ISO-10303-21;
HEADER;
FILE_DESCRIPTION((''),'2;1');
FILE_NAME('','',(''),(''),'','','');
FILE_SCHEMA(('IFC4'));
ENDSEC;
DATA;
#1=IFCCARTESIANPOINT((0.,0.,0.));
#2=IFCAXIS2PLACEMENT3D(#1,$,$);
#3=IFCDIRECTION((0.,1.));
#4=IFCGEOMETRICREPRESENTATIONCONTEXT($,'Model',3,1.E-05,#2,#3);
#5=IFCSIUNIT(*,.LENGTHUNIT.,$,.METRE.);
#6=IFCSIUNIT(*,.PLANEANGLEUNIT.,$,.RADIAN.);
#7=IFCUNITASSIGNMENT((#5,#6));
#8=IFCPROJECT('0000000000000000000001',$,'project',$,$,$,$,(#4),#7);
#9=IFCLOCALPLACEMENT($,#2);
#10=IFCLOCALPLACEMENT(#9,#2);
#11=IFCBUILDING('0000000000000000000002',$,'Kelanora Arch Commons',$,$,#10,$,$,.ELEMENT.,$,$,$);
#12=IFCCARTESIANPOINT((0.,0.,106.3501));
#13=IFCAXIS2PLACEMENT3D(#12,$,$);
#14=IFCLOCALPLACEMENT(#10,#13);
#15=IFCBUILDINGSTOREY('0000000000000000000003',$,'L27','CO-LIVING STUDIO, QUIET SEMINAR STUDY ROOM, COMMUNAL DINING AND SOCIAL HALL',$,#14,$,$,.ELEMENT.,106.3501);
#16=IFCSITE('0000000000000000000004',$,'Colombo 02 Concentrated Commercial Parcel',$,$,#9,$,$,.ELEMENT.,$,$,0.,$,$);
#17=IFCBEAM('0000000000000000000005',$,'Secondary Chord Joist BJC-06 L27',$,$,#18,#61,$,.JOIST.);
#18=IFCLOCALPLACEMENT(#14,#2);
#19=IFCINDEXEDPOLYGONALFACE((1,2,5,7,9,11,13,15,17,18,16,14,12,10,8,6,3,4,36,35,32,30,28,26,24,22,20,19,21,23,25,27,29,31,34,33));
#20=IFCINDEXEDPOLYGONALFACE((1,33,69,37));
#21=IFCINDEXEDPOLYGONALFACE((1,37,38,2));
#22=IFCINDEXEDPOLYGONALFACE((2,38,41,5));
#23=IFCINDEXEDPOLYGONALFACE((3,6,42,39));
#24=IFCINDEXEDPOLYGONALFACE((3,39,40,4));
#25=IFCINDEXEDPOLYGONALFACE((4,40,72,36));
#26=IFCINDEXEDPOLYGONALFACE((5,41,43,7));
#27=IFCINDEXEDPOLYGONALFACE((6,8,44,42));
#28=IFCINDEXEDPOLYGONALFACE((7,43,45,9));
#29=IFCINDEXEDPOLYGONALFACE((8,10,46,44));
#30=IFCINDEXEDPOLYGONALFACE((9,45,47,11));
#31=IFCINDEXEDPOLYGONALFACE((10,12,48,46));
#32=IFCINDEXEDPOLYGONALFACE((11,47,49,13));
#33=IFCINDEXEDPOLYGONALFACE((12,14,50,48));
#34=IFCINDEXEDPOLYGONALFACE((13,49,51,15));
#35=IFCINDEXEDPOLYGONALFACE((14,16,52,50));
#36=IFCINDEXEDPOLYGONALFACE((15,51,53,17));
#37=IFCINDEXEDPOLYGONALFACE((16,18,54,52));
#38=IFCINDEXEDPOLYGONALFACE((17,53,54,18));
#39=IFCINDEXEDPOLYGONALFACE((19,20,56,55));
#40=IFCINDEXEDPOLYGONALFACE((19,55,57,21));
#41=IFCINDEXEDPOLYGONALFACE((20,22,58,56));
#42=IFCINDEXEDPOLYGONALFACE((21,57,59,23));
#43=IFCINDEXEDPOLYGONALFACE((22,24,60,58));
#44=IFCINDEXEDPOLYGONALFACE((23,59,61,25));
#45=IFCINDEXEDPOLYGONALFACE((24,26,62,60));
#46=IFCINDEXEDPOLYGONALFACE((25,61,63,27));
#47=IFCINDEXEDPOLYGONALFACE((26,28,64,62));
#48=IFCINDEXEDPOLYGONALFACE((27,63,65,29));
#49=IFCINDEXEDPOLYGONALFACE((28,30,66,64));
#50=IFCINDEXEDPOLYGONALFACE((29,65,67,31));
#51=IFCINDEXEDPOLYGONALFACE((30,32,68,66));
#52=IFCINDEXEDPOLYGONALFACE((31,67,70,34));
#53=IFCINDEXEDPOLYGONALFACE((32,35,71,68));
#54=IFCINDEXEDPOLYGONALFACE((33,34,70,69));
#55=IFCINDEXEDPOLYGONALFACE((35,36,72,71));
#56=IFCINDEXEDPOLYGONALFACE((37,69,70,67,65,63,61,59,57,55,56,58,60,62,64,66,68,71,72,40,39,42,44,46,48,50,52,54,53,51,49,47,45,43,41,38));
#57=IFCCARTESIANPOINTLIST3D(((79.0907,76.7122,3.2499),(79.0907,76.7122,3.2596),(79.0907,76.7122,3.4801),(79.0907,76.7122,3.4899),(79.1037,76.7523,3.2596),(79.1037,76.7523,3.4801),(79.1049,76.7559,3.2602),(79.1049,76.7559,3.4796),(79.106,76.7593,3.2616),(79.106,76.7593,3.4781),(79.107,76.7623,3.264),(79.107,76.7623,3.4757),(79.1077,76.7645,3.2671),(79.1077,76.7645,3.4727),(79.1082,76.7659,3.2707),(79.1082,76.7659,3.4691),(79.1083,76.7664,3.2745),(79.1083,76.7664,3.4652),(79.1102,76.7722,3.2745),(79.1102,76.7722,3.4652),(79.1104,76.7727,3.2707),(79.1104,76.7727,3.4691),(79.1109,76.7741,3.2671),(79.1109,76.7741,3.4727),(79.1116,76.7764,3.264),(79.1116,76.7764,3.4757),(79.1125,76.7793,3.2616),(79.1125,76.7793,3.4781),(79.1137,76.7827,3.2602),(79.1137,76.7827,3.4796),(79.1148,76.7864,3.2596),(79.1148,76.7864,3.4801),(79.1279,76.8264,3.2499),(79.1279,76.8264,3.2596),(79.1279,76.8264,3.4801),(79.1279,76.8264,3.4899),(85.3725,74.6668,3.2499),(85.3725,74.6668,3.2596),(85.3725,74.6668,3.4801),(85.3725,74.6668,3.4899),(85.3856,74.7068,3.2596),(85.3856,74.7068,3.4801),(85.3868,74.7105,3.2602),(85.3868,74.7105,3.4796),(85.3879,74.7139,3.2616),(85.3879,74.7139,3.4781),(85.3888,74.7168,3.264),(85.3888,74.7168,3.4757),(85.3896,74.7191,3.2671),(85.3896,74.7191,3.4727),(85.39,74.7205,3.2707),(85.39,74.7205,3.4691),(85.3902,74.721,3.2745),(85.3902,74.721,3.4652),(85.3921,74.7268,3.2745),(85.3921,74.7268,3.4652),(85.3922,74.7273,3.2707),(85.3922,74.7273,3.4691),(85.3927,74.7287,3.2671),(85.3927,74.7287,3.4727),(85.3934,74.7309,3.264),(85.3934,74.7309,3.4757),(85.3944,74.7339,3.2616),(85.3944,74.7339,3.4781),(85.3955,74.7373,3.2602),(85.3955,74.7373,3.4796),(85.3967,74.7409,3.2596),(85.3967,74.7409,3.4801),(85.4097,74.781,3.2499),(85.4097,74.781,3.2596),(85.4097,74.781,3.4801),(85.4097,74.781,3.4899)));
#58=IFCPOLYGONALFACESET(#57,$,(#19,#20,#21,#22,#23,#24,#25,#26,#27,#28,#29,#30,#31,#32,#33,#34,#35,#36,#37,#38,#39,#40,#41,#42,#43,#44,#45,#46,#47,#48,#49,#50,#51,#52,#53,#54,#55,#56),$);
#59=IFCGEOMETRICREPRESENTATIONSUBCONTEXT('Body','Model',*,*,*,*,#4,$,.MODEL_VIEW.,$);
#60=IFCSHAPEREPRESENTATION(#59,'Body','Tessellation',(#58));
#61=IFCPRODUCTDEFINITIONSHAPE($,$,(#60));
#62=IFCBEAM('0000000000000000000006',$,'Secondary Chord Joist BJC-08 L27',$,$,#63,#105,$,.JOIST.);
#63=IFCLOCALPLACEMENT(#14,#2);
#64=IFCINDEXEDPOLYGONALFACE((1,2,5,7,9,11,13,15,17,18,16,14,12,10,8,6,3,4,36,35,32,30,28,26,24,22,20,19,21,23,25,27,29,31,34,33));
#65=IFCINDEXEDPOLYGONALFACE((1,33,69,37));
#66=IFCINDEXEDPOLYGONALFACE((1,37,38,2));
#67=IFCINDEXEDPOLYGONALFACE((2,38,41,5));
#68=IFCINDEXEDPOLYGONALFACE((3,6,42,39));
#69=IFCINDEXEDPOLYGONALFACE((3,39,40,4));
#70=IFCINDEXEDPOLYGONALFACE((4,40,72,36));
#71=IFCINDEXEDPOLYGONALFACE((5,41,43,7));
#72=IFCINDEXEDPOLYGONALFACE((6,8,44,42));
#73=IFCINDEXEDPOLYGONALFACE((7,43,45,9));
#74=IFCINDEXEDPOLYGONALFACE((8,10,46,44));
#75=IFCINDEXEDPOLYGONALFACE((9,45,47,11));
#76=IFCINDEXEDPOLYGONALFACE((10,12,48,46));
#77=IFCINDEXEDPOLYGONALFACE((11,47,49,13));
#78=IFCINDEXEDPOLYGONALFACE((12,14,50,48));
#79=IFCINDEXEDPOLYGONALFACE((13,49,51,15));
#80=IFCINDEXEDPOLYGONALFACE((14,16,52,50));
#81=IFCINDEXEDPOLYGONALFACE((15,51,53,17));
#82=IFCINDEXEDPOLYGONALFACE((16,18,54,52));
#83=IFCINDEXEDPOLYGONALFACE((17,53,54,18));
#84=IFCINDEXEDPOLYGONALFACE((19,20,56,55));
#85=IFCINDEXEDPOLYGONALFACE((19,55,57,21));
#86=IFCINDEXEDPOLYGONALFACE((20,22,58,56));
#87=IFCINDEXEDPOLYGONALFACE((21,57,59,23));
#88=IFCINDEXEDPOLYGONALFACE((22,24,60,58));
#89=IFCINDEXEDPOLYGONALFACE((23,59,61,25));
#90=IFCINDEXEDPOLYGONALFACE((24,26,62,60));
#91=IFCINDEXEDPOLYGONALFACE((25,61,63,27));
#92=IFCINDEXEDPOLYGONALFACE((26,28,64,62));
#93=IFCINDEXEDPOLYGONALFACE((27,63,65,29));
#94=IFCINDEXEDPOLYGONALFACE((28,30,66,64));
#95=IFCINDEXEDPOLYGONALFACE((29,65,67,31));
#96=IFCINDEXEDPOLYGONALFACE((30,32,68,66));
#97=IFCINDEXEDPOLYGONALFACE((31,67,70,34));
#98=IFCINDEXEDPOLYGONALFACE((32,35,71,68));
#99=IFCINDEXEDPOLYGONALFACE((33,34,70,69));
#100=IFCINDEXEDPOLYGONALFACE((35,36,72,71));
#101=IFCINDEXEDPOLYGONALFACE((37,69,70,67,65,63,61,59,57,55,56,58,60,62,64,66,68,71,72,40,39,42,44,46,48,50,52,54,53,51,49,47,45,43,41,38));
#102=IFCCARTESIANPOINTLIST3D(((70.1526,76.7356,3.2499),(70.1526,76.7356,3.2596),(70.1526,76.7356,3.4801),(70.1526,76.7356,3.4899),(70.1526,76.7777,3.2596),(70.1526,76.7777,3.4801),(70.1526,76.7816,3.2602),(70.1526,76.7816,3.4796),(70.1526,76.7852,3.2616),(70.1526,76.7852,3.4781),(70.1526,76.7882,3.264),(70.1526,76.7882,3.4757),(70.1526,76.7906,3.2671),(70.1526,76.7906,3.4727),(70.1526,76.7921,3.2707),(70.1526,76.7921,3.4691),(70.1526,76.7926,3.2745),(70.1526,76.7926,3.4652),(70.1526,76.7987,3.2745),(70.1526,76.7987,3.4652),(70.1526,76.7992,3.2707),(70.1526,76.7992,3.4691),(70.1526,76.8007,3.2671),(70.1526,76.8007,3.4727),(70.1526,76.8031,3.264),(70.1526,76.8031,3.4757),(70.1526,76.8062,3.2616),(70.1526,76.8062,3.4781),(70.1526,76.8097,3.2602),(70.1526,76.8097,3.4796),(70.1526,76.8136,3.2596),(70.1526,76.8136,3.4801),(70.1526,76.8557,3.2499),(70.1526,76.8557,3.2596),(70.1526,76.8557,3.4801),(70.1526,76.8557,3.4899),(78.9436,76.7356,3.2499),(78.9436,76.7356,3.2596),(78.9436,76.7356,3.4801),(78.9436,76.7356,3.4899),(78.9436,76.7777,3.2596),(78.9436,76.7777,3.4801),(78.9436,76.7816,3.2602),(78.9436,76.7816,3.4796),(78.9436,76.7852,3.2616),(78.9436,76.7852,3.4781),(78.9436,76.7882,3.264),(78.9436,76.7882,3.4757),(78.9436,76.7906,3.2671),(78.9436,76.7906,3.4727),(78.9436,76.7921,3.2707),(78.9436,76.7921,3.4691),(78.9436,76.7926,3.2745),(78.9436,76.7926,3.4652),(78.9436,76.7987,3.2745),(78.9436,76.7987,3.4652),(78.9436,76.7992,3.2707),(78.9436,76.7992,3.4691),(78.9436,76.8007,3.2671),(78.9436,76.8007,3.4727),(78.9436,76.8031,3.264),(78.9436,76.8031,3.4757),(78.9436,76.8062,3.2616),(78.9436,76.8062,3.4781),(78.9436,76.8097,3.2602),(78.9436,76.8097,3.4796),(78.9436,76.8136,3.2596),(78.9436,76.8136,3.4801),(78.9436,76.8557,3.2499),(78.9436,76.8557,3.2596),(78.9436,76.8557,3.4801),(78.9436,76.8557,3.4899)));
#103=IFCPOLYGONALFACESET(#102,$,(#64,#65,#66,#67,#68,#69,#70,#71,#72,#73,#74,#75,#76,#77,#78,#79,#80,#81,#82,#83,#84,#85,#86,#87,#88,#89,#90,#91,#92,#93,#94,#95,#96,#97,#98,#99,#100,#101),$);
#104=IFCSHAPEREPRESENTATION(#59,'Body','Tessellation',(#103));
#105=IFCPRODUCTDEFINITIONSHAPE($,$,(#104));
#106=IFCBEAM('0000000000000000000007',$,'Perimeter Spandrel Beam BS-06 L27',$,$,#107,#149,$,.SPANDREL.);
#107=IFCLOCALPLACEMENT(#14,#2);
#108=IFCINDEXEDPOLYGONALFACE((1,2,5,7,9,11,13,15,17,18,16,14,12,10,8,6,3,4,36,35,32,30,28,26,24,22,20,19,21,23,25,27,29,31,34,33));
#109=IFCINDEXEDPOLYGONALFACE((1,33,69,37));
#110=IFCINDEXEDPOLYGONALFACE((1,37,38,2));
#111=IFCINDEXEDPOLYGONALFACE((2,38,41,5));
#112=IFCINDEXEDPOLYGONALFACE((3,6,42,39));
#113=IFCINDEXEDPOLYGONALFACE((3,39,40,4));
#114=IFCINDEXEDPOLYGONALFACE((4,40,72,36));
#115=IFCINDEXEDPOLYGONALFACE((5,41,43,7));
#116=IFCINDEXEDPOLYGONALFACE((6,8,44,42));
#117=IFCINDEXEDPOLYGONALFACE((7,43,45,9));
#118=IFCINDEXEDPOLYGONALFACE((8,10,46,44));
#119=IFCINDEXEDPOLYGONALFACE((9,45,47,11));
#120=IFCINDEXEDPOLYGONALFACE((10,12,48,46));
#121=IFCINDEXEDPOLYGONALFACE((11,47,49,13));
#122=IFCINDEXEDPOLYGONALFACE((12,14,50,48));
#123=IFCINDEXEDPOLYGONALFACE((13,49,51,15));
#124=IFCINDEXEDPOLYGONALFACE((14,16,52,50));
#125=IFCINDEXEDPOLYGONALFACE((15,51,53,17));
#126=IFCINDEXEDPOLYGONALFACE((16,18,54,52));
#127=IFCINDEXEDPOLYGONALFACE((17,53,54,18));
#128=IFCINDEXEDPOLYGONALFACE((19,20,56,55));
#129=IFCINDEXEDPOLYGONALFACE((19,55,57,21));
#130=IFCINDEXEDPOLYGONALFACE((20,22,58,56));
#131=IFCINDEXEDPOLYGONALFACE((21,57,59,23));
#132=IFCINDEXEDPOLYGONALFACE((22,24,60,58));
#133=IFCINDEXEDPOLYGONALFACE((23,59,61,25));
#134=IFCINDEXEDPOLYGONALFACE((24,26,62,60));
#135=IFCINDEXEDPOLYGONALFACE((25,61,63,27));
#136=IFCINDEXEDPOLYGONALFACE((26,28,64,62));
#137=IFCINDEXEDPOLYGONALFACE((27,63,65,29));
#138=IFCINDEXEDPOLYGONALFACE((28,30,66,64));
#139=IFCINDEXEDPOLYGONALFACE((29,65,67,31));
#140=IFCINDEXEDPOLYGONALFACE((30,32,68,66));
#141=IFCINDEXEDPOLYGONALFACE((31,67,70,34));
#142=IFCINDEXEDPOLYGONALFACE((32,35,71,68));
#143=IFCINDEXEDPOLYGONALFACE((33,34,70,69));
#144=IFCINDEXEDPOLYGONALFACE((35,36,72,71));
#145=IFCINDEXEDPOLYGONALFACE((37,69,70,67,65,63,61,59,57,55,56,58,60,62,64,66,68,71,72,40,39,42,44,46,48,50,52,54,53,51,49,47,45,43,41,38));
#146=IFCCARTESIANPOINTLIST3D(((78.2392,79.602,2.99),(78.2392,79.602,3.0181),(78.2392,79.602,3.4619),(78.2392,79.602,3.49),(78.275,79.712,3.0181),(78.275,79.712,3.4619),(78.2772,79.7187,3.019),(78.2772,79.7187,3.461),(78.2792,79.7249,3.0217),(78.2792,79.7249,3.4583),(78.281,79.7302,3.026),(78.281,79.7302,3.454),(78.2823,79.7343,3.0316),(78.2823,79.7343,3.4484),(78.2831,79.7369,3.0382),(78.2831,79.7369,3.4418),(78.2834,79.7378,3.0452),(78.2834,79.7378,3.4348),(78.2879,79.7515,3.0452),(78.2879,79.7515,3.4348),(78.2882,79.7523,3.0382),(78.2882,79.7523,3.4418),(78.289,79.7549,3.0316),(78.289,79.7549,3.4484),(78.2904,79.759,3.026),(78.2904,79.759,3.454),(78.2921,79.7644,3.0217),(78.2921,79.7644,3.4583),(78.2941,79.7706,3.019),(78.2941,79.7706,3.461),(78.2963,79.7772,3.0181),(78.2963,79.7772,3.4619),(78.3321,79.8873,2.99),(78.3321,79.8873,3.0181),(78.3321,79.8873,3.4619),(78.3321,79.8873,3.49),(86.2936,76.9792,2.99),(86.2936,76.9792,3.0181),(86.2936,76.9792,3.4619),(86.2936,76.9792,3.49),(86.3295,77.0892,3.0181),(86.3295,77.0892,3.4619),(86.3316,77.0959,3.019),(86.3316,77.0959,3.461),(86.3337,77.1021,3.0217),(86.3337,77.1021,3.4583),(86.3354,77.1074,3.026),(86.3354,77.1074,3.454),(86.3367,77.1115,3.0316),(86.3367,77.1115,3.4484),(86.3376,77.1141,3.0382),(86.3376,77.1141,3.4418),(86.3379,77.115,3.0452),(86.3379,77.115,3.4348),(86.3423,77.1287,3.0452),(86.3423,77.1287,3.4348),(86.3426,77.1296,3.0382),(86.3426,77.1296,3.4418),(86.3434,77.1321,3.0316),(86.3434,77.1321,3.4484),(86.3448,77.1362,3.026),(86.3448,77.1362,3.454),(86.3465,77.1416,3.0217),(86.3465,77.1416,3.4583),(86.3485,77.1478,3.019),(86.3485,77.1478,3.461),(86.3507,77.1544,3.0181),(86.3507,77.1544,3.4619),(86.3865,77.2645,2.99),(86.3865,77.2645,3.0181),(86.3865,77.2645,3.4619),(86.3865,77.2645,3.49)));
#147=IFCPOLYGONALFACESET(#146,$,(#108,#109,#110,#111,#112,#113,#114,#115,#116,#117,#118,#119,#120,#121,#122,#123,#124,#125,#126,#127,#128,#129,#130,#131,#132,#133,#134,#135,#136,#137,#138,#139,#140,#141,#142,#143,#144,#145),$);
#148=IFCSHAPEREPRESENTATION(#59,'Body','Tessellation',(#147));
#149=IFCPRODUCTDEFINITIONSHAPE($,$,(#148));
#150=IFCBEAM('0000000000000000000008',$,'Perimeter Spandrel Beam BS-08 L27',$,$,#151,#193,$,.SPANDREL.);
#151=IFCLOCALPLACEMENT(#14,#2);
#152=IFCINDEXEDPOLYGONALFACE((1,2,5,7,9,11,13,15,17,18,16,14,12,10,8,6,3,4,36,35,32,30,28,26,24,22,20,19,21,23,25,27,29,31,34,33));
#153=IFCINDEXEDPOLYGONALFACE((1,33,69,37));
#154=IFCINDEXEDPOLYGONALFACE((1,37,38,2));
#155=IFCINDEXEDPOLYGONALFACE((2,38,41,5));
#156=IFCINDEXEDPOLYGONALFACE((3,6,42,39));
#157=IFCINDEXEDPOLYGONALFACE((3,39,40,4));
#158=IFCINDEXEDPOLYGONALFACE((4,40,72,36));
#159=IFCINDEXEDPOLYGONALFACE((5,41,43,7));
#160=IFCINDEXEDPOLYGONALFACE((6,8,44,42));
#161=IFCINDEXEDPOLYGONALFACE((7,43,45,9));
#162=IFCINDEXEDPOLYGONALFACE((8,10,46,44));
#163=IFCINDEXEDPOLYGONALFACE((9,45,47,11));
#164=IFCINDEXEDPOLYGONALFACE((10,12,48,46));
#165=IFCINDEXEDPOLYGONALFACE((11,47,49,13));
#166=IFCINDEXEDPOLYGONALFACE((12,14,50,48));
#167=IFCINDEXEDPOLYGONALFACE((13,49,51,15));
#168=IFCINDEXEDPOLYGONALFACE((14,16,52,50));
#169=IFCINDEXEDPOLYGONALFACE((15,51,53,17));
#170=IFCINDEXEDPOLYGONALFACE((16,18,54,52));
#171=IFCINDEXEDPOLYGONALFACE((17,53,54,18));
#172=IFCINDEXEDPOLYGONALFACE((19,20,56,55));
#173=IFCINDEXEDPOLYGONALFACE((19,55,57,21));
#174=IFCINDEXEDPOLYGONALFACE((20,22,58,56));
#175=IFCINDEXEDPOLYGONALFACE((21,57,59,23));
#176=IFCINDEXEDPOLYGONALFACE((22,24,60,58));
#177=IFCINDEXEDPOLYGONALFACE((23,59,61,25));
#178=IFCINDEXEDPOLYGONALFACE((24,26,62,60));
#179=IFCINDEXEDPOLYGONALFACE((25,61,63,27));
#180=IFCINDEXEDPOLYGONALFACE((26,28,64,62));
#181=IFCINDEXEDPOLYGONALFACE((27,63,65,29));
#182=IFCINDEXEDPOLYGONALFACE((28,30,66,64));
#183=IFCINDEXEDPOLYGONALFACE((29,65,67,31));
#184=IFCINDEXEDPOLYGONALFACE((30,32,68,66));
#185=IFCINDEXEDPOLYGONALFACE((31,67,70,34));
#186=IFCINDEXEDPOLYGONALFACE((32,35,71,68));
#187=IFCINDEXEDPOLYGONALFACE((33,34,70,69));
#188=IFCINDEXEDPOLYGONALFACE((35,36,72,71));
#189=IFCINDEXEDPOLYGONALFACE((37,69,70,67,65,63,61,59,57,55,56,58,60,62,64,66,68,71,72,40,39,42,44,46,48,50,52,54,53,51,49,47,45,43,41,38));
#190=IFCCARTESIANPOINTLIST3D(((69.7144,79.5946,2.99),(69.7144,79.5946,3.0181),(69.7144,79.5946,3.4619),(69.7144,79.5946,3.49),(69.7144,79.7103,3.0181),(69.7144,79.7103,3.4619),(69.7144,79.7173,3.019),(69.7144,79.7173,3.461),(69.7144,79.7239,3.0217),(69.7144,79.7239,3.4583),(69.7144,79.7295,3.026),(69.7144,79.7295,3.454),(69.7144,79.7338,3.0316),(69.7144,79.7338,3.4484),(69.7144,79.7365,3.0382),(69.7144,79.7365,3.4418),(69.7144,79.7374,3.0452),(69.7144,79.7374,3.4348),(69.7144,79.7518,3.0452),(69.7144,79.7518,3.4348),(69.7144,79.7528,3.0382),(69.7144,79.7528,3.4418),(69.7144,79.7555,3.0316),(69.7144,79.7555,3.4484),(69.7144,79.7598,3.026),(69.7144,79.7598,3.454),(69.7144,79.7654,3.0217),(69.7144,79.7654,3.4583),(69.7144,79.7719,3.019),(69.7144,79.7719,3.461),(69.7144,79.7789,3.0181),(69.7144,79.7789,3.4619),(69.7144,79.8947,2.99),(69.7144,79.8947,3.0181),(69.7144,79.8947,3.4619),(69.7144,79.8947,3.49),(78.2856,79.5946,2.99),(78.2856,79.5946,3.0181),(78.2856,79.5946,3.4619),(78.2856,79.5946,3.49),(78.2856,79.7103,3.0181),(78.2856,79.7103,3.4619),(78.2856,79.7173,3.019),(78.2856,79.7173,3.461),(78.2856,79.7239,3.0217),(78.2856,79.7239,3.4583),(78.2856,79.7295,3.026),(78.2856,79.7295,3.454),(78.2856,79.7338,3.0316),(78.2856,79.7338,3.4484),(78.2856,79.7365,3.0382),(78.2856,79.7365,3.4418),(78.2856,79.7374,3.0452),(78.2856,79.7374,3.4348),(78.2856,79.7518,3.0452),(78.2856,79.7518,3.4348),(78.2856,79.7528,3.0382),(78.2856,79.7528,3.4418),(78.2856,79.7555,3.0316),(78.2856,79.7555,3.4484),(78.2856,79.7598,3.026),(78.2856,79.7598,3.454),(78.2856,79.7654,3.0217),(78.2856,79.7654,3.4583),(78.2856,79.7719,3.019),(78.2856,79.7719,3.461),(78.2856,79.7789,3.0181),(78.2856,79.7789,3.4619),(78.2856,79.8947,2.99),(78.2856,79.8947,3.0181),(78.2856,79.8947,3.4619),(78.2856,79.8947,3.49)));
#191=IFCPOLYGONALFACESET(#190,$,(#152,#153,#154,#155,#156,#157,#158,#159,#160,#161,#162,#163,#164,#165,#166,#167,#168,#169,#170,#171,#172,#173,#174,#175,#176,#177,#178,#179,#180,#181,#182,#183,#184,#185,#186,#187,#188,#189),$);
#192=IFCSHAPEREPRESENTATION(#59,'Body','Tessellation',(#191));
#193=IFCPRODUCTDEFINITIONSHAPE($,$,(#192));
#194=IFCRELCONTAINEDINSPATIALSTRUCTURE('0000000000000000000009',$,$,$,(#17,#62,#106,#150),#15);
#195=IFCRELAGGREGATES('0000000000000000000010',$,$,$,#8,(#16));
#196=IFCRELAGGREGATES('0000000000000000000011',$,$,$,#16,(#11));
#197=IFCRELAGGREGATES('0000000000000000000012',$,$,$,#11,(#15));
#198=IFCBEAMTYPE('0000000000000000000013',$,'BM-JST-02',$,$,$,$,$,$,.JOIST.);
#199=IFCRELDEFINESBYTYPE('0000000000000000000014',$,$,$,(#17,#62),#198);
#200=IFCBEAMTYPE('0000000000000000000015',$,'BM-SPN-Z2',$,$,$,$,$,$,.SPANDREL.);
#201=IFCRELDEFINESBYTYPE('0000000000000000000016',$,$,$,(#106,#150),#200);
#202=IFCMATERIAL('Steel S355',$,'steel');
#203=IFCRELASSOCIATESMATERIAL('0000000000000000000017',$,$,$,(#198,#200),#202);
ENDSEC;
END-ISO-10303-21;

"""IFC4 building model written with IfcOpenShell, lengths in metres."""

from ifc_helpers import new_model, si_unit, direction, frame, origin, origin_2d, place, context, subcontext, project, spatial, i_section, extrude, material, material_profile, profile_set, type_object, element, save


model = new_model("IFC4")

# Units and contexts
model_context = context("Model", 3, precision=1e-05, world=origin(), true_north=direction((0.0, 1.0)))
body_context = subcontext(model_context, "Body", "Model", "MODEL_VIEW")
ifc_project = project(units=[si_unit("LENGTHUNIT", "METRE"), si_unit("PLANEANGLEUNIT", "RADIAN")], contexts=[model_context])

# Site, building, storey
site_placement = place(None, origin())
site = spatial("IfcSite", under=ifc_project, at=site_placement, Name="Colombo 02 Concentrated Commercial Parcel", CompositionType="ELEMENT", RefElevation=0.0)
building_placement = place(site_placement, origin())
building = spatial("IfcBuilding", under=site, at=building_placement, Name="Kelanora Arch Commons", CompositionType="ELEMENT")
storey_placement = place(building_placement, frame((0.0, 0.0, 106.3501)))
storey = spatial("IfcBuildingStorey", under=building, at=storey_placement, Name="L27", Description="CO-LIVING STUDIO, QUIET SEMINAR STUDY ROOM, COMMUNAL DINING AND SOCIAL HALL", CompositionType="ELEMENT", Elevation=106.3501)

# Beams
ifc_material_1 = material(Name="Steel S355", Category="steel")
ifc_material_profile_1 = material_profile(ifc_material_1, i_section(OverallWidth=0.1201, OverallDepth=0.24, WebThickness=0.0061, FlangeThickness=0.0098, FilletRadius=0.0149, at=origin_2d()), Name="IPE240")
ifc_profile_set_1 = profile_set([ifc_material_profile_1], Name="Steel S355")
beam_type_1 = type_object("IfcBeamType", Name="BM-JST-02", PredefinedType="JOIST", material=ifc_profile_set_1)
beam_1_placement = place(storey_placement, frame((85.3911, 74.7239, 3.3699), z_axis=(-0.950863, 0.309612, 0.0), x_axis=(-0.309612, -0.950863, 0.0)))
element("IfcBeam", 1, at=beam_1_placement, inside=storey, type_object=beam_type_1, Name="Secondary Chord Joist BJC-06 L27", PredefinedType="JOIST", context=body_context, shape_type="SweptSolid", body=[
    extrude(i_section(OverallWidth=0.1201, OverallDepth=0.24, WebThickness=0.0061, FlangeThickness=0.0098, FilletRadius=0.0149, at=origin_2d()), origin(), (0.0, 0.0, 1.0), 6.6064),
])
beam_2_placement = place(storey_placement, frame((78.9436, 76.7957, 3.3699), z_axis=(-1.0, 0.0, 0.0), x_axis=(0.0, -1.0, 0.0)))
element("IfcBeam", 2, at=beam_2_placement, inside=storey, type_object=beam_type_1, Name="Secondary Chord Joist BJC-08 L27", PredefinedType="JOIST", context=body_context, shape_type="SweptSolid", body=[
    extrude(i_section(OverallWidth=0.1201, OverallDepth=0.24, WebThickness=0.0061, FlangeThickness=0.0098, FilletRadius=0.0149, at=origin_2d()), origin(), (0.0, 0.0, 1.0), 8.791),
])
ifc_material_profile_2 = material_profile(ifc_material_1, i_section(OverallWidth=0.3, OverallDepth=0.5, WebThickness=0.0144, FlangeThickness=0.0281, FilletRadius=0.0271, at=origin_2d()), Name="HEB500")
ifc_profile_set_2 = profile_set([ifc_material_profile_2], Name="Steel S355")
beam_type_2 = type_object("IfcBeamType", Name="BM-SPN-Z2", PredefinedType="SPANDREL", material=ifc_profile_set_2)
beam_3_placement = place(storey_placement, frame((86.3401, 77.1218, 3.24), z_axis=(-0.950857, 0.309631, 0.0), x_axis=(-0.309631, -0.950857, 0.0)))
element("IfcBeam", 3, at=beam_3_placement, inside=storey, type_object=beam_type_2, Name="Perimeter Spandrel Beam BS-06 L27", PredefinedType="SPANDREL", context=body_context, shape_type="SweptSolid", body=[
    extrude(i_section(OverallWidth=0.3, OverallDepth=0.5, WebThickness=0.0144, FlangeThickness=0.0281, FilletRadius=0.0271, at=origin_2d()), origin(), (0.0, 0.0, 1.0), 8.4707),
])
beam_4_placement = place(storey_placement, frame((78.2856, 79.7446, 3.24), z_axis=(-1.0, 0.0, 0.0), x_axis=(0.0, -1.0, 0.0)))
element("IfcBeam", 4, at=beam_4_placement, inside=storey, type_object=beam_type_2, Name="Perimeter Spandrel Beam BS-08 L27", PredefinedType="SPANDREL", context=body_context, shape_type="SweptSolid", body=[
    extrude(i_section(OverallWidth=0.3, OverallDepth=0.5, WebThickness=0.0144, FlangeThickness=0.0281, FilletRadius=0.0271, at=origin_2d()), origin(), (0.0, 0.0, 1.0), 8.5713),
])

save(model, "model.ifc")
